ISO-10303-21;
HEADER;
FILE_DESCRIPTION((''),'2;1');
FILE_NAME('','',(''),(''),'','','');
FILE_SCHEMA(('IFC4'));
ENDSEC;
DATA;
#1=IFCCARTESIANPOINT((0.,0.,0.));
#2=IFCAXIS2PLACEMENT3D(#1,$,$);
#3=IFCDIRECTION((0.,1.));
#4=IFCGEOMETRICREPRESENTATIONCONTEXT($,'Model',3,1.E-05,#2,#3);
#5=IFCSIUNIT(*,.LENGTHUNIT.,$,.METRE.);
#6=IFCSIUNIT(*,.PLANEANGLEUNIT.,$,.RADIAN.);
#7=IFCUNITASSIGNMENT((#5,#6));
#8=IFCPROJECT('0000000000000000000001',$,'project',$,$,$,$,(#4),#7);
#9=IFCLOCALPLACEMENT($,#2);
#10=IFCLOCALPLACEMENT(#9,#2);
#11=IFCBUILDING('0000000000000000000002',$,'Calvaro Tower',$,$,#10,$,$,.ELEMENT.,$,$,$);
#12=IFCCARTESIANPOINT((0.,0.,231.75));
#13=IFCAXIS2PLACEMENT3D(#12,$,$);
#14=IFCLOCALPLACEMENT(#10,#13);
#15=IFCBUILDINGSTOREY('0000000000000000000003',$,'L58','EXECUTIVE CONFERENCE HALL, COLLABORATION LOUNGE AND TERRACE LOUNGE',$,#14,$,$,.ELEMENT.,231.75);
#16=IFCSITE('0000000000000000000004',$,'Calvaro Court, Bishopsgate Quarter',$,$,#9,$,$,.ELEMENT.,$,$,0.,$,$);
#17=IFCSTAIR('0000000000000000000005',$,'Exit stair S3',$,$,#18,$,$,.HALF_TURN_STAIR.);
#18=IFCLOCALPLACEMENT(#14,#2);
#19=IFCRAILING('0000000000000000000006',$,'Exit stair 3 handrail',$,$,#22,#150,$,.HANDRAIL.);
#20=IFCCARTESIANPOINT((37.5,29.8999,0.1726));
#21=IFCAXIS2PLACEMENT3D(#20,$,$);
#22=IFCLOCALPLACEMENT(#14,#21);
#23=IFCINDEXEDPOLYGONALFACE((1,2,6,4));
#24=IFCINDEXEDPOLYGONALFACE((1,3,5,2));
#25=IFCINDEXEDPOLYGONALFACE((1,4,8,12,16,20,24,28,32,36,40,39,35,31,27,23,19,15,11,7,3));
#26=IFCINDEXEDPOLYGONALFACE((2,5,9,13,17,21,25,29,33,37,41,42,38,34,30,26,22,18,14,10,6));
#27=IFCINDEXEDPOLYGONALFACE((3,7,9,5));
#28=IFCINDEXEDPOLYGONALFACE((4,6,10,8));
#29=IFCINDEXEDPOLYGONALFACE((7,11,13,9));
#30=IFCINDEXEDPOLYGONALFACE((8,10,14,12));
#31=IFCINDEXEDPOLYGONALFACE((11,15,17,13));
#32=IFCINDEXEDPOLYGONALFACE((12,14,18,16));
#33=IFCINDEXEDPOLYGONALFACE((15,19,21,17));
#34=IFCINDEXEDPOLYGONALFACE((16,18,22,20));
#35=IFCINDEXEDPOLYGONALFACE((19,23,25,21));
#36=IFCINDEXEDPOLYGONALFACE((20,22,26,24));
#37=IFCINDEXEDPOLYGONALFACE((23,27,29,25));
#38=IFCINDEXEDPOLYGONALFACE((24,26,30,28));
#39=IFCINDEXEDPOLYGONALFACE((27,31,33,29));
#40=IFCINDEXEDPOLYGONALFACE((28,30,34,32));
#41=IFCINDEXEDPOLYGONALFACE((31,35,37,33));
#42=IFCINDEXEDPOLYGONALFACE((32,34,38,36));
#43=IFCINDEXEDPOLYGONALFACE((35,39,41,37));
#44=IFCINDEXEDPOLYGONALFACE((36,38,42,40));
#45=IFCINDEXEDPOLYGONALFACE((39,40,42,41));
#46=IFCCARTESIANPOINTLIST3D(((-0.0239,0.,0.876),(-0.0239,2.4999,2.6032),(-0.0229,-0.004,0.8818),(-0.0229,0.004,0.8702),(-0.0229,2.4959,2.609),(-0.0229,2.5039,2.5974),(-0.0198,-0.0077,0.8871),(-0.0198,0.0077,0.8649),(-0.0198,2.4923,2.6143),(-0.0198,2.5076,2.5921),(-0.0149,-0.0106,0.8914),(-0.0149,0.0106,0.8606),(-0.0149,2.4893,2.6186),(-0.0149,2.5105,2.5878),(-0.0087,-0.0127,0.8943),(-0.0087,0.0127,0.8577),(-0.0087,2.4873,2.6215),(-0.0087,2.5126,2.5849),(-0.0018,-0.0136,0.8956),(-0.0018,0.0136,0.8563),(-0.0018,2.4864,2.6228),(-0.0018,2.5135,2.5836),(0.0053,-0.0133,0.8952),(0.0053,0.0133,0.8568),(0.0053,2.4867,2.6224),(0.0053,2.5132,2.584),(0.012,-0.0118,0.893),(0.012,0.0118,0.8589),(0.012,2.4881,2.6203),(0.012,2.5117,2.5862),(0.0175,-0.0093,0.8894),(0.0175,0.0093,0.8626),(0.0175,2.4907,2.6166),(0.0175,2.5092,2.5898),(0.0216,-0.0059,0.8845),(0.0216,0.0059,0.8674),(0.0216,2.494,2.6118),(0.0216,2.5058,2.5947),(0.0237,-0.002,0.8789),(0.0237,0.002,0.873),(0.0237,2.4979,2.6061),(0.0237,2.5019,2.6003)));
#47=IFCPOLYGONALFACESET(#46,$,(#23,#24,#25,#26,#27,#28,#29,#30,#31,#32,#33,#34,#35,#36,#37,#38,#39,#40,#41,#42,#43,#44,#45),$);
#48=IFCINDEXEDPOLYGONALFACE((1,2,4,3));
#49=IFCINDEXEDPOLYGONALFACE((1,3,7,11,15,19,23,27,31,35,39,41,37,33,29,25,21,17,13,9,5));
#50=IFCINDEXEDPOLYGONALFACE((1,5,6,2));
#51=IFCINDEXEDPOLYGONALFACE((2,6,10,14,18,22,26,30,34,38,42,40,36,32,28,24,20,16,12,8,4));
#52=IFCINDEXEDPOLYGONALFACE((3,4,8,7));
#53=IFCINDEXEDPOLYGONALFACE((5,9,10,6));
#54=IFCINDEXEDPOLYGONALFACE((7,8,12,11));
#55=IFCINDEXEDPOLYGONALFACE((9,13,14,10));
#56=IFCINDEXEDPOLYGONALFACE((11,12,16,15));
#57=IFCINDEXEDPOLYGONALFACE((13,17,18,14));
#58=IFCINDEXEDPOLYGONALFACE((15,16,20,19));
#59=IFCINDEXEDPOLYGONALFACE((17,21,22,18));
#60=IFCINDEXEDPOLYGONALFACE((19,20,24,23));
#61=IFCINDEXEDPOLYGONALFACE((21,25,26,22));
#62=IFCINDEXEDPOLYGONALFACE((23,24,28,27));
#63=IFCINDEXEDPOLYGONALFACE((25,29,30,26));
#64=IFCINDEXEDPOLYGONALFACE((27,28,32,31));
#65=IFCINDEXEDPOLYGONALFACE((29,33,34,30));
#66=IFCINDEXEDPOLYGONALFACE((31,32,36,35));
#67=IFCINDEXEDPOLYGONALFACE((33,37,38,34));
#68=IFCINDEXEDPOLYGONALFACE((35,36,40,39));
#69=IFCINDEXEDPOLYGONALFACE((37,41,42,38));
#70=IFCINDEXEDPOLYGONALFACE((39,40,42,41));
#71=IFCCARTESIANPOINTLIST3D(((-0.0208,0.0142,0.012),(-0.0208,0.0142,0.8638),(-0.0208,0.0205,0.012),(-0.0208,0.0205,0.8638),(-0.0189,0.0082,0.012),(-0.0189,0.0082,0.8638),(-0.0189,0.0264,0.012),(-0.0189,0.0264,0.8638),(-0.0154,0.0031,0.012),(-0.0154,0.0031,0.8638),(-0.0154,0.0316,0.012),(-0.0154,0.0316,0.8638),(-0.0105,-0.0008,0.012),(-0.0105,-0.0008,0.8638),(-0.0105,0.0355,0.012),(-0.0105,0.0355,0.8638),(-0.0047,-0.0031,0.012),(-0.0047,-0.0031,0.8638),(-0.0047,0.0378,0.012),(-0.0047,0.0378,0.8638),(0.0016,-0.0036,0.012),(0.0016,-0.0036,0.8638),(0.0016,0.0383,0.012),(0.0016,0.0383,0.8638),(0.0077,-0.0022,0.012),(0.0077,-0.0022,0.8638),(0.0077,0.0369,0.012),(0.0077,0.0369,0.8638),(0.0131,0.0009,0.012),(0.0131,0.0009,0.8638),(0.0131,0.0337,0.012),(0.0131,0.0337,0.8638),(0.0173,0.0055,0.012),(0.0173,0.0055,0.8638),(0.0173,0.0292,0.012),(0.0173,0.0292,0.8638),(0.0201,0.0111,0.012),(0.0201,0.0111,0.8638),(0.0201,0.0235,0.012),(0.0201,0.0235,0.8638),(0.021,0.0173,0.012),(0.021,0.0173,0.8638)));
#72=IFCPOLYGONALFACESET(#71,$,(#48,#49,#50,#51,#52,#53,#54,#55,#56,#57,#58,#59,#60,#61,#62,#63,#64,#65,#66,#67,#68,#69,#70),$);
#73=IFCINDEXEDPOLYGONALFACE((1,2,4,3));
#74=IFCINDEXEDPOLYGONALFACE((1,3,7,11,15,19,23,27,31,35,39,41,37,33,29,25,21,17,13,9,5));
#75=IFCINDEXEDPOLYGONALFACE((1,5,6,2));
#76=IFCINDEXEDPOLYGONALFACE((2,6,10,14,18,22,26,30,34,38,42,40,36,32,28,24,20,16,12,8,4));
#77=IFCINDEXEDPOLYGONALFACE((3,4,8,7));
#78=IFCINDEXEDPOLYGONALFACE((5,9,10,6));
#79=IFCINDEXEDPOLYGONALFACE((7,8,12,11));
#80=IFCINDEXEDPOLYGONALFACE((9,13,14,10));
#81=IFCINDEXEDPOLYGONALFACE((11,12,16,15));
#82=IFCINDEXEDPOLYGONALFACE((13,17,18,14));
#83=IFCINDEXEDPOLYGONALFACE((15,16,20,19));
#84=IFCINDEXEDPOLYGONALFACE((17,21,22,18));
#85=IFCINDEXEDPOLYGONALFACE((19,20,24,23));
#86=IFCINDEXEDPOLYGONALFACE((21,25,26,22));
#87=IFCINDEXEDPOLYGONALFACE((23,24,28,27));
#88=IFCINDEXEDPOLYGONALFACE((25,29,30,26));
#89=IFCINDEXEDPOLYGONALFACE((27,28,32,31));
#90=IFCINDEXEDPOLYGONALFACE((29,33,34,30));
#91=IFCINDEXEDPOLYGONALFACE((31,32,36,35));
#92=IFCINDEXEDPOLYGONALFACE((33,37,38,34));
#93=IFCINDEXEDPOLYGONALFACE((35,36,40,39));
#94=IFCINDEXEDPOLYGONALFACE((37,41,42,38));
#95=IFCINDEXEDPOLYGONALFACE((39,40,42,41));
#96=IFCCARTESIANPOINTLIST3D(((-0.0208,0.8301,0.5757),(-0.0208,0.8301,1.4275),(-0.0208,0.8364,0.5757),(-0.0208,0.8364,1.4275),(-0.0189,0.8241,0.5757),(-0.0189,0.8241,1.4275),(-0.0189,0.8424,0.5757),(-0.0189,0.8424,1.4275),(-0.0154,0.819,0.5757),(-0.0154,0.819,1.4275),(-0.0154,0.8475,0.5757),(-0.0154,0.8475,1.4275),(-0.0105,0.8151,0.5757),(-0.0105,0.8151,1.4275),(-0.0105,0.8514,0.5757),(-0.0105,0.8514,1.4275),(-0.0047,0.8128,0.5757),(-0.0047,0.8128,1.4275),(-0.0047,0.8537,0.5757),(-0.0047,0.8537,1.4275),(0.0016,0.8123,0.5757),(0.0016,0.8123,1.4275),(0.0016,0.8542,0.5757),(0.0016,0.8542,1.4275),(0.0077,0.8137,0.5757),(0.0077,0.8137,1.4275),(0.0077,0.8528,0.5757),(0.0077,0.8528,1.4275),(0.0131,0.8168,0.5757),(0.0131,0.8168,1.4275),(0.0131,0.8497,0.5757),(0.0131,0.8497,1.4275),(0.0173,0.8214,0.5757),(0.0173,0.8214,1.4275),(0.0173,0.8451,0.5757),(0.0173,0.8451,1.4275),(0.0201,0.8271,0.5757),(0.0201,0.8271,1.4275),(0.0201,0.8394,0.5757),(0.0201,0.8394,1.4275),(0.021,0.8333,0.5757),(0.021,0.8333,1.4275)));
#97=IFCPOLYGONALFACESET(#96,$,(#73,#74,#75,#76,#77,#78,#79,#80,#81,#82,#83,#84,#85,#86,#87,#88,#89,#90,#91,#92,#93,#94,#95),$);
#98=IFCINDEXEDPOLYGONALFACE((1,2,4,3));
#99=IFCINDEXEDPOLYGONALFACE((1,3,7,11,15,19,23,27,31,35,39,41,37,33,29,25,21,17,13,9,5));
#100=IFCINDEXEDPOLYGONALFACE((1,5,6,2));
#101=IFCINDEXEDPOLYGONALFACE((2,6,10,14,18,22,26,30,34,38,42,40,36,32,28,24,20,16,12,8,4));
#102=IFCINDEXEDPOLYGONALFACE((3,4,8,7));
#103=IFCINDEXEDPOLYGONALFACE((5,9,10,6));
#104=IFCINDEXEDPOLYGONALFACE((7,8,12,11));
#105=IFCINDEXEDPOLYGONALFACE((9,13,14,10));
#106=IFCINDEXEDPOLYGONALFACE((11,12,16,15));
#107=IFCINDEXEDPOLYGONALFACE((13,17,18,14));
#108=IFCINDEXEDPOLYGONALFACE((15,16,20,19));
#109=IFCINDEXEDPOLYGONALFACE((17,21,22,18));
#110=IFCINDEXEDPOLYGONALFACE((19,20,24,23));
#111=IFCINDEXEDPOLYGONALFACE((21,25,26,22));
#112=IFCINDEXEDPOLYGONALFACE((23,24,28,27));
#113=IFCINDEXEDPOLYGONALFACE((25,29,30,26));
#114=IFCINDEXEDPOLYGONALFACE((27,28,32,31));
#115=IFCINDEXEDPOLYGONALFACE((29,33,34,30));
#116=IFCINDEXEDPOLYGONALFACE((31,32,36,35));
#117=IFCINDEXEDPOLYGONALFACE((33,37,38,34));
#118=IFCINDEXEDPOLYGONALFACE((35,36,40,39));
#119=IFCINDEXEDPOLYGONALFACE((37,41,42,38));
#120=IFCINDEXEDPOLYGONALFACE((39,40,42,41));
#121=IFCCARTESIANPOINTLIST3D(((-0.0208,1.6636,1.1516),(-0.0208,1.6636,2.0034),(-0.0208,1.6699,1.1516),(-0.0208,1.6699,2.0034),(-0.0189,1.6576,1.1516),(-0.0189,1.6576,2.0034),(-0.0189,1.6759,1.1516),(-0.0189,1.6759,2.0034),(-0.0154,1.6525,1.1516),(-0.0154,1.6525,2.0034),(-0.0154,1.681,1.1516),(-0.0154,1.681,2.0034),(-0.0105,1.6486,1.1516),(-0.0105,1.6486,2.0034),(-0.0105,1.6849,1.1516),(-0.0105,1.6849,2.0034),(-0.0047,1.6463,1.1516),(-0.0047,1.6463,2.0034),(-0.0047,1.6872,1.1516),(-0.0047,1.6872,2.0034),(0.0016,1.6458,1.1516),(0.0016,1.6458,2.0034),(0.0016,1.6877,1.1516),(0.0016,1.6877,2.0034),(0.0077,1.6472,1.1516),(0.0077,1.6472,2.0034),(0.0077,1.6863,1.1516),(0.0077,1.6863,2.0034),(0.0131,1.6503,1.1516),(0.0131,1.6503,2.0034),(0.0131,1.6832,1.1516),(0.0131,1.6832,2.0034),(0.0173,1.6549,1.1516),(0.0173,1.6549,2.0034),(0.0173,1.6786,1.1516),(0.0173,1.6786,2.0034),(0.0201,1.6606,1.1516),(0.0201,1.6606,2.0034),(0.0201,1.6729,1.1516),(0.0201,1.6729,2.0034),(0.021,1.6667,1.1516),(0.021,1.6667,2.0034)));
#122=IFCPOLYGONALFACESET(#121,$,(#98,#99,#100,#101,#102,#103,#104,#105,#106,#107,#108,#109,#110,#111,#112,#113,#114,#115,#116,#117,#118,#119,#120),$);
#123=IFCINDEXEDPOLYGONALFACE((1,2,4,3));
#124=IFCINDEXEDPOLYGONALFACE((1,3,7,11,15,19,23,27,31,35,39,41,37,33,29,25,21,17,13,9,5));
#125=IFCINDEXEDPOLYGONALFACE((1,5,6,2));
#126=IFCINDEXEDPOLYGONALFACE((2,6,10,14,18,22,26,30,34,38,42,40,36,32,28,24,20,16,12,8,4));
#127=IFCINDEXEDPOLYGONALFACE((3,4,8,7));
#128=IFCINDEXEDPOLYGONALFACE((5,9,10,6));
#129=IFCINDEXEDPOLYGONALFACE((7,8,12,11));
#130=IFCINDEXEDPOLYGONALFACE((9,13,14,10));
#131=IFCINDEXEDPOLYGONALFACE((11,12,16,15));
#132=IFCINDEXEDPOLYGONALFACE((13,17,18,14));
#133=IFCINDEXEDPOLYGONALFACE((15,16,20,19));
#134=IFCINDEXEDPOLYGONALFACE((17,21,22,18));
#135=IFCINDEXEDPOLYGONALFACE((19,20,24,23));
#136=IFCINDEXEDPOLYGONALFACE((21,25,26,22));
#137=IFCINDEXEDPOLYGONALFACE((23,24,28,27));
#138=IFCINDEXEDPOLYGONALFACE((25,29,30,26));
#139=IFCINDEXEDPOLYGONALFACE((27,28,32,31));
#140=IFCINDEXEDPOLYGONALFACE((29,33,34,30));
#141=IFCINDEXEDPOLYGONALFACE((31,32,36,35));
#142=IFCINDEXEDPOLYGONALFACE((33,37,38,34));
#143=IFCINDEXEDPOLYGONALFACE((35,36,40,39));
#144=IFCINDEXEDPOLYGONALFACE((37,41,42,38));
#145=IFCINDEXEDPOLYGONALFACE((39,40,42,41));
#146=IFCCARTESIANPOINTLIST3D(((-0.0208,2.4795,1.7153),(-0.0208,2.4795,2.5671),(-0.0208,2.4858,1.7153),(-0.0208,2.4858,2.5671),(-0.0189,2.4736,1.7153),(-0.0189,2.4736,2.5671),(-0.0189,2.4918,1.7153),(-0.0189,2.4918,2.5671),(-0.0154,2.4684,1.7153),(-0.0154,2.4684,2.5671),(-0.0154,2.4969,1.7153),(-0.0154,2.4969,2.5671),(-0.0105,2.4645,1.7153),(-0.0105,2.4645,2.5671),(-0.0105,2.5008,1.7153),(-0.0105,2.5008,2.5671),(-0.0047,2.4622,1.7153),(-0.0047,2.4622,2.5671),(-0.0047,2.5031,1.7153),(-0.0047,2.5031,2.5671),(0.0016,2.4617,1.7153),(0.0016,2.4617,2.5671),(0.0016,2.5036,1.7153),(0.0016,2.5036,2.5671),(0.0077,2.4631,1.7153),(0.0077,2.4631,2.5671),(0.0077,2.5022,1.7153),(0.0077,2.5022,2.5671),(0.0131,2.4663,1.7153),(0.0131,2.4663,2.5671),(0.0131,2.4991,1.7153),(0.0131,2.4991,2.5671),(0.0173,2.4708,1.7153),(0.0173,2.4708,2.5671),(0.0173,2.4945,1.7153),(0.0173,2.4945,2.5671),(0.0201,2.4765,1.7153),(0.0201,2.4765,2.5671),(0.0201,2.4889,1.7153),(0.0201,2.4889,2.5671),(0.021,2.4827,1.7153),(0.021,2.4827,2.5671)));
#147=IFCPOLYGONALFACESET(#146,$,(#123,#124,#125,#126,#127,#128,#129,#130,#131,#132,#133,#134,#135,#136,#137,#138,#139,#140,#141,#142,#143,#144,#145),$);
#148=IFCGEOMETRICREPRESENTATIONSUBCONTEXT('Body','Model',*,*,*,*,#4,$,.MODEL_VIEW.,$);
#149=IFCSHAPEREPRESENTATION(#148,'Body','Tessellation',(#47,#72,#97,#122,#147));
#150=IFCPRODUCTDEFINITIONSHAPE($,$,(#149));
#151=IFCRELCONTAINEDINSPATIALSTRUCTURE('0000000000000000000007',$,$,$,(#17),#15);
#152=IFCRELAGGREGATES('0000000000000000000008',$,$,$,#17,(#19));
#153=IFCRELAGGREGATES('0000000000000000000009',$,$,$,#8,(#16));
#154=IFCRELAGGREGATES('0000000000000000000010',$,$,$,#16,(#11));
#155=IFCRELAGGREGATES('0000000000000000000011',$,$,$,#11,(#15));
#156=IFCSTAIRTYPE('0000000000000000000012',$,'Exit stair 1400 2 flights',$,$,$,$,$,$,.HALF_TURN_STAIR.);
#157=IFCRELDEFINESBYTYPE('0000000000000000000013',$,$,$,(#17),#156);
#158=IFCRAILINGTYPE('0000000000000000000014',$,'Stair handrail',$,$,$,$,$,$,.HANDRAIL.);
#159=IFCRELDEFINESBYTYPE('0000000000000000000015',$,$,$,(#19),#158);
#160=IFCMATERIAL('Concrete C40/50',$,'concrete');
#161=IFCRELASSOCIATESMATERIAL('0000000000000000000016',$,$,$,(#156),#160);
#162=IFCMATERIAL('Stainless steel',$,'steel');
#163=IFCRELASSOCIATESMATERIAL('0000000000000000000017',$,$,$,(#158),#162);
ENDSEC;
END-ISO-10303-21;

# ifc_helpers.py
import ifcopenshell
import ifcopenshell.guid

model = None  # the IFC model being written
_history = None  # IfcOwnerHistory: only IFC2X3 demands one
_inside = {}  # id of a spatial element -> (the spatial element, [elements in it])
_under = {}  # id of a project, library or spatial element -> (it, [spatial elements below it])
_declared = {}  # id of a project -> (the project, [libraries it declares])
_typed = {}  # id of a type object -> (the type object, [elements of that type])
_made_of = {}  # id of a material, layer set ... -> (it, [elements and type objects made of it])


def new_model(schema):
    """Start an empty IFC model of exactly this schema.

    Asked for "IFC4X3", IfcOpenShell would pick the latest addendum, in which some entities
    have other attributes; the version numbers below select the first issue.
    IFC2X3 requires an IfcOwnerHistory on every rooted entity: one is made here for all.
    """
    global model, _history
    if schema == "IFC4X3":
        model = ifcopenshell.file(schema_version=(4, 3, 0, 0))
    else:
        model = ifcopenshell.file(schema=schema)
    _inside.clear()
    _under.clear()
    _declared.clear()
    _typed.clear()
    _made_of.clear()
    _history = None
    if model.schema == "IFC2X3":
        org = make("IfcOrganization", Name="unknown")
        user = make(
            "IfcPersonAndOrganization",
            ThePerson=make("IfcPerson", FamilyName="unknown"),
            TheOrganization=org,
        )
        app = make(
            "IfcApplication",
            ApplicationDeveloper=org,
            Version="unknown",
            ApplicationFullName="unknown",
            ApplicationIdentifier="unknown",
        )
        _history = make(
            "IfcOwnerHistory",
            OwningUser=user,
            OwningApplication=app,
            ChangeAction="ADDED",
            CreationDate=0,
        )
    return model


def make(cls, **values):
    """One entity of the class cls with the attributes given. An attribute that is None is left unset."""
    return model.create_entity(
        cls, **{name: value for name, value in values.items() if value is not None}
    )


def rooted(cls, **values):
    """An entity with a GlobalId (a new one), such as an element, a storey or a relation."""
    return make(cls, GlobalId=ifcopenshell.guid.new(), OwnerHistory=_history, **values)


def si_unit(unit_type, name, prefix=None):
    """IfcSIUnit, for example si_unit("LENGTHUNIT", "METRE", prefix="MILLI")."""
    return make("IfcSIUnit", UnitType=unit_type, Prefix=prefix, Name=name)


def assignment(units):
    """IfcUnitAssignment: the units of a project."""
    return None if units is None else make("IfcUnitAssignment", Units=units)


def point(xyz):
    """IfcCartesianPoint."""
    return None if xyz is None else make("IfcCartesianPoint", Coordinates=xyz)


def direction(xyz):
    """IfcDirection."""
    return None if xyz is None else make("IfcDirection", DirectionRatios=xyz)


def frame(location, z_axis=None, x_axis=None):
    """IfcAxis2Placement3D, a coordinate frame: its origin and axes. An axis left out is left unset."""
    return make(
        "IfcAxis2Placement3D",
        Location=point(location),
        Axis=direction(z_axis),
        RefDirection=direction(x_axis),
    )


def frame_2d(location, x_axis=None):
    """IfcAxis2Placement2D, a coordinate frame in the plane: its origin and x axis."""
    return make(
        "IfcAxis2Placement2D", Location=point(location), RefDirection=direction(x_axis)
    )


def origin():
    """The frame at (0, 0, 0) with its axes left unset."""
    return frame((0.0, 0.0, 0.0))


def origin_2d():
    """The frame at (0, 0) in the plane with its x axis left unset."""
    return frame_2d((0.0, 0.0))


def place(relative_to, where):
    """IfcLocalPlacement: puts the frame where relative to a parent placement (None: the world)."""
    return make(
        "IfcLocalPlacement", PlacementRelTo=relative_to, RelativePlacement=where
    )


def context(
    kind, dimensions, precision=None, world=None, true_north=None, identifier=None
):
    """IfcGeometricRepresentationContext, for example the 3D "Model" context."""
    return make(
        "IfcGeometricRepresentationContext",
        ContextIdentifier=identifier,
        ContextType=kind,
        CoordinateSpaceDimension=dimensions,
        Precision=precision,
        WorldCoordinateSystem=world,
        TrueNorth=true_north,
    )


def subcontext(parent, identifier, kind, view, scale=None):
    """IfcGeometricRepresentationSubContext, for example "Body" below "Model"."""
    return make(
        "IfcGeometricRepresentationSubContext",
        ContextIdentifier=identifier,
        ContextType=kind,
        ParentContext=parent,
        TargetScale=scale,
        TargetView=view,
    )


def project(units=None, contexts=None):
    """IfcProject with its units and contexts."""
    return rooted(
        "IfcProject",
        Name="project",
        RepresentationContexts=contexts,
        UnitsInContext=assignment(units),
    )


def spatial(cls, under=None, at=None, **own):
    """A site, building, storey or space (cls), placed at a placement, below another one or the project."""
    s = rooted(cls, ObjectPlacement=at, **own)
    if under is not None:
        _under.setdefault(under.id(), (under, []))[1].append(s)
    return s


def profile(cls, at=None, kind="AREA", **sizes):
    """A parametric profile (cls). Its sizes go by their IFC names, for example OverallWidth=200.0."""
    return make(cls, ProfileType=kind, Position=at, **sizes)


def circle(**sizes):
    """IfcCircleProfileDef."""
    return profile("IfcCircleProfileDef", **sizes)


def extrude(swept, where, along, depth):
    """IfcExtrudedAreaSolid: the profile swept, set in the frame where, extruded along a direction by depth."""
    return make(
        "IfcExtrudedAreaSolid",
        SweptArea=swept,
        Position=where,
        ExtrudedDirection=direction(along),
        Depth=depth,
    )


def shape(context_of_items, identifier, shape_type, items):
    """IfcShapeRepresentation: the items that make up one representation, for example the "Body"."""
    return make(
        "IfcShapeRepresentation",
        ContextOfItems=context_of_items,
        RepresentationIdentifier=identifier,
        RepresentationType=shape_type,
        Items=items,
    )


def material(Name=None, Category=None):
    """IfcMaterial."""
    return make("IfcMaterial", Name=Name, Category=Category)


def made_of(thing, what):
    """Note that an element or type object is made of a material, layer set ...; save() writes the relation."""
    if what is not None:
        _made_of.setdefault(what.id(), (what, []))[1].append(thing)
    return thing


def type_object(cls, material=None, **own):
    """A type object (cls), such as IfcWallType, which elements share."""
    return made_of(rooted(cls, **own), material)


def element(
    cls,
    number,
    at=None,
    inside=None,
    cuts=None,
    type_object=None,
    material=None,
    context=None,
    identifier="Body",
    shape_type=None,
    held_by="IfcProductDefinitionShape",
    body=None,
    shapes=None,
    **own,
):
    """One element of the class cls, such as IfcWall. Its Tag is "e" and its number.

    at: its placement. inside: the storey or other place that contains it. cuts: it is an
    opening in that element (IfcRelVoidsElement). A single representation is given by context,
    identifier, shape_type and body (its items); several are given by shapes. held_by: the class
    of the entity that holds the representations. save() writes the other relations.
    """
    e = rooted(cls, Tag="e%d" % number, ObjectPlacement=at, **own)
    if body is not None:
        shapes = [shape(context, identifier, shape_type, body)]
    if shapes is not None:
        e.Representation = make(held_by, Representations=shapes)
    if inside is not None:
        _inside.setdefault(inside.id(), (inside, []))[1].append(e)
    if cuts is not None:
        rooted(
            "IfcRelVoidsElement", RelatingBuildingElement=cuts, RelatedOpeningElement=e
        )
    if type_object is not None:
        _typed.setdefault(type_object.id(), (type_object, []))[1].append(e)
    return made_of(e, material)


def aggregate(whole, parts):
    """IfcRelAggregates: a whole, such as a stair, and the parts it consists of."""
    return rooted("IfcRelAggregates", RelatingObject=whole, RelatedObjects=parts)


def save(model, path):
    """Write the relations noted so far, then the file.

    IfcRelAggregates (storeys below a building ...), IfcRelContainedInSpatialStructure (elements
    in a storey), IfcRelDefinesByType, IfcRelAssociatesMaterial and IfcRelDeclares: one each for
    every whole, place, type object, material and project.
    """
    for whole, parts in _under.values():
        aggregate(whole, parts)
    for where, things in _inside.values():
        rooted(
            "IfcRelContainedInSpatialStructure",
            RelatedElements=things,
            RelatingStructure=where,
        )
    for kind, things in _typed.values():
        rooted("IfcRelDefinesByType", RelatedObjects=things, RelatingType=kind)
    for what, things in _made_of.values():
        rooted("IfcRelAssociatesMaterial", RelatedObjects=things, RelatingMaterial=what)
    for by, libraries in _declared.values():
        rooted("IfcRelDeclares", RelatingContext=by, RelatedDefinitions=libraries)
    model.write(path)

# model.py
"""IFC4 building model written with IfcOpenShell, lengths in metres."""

from ifc_helpers import new_model, si_unit, direction, frame, origin, origin_2d, place, context, subcontext, project, spatial, circle, extrude, material, type_object, element, aggregate, save


model = new_model("IFC4")

# Units and contexts
model_context = context("Model", 3, precision=1e-05, world=origin(), true_north=direction((0.0, 1.0)))
body_context = subcontext(model_context, "Body", "Model", "MODEL_VIEW")
ifc_project = project(units=[si_unit("LENGTHUNIT", "METRE"), si_unit("PLANEANGLEUNIT", "RADIAN")], contexts=[model_context])

# Site, building, storey
site_placement = place(None, origin())
site = spatial("IfcSite", under=ifc_project, at=site_placement, Name="Calvaro Court, Bishopsgate Quarter", CompositionType="ELEMENT", RefElevation=0.0)
building_placement = place(site_placement, origin())
building = spatial("IfcBuilding", under=site, at=building_placement, Name="Calvaro Tower", CompositionType="ELEMENT")
storey_placement = place(building_placement, frame((0.0, 0.0, 231.75)))
storey = spatial("IfcBuildingStorey", under=building, at=storey_placement, Name="L58", Description="EXECUTIVE CONFERENCE HALL, COLLABORATION LOUNGE AND TERRACE LOUNGE", CompositionType="ELEMENT", Elevation=231.75)

# Stair, railing
ifc_material_1 = material(Name="Concrete C40/50", Category="concrete")
stair_type = type_object("IfcStairType", Name="Exit stair 1400 2 flights", PredefinedType="HALF_TURN_STAIR", material=ifc_material_1)
stair_placement = place(storey_placement, origin())
stair = element("IfcStair", 1, at=stair_placement, inside=storey, type_object=stair_type, Name="Exit stair S3", PredefinedType="HALF_TURN_STAIR")
ifc_material_2 = material(Name="Stainless steel", Category="steel")
railing_type = type_object("IfcRailingType", Name="Stair handrail", PredefinedType="HANDRAIL", material=ifc_material_2)
railing_1_placement = place(storey_placement, frame((37.5, 29.8999, 0.1726)))
railing_1 = element("IfcRailing", 2, at=railing_1_placement, type_object=railing_type, Name="Exit stair 3 handrail", PredefinedType="HANDRAIL", context=body_context, shape_type="SweptSolid", body=[
    extrude(circle(Radius=0.0239, at=origin_2d()), frame((0.0, 0.0, 0.876), z_axis=(0.0, 0.822727, 0.568437), x_axis=(-1.0, 0.0, 0.0)), (0.0, 0.0, 1.0), 3.0386),
    extrude(circle(Radius=0.021, at=origin_2d()), frame((0.0, 0.0173, 0.012)), (0.0, 0.0, 1.0), 0.8518),
    extrude(circle(Radius=0.021, at=origin_2d()), frame((0.0, 0.8333, 0.5757)), (0.0, 0.0, 1.0), 0.8518),
    extrude(circle(Radius=0.021, at=origin_2d()), frame((0.0, 1.6667, 1.1516)), (0.0, 0.0, 1.0), 0.8518),
    extrude(circle(Radius=0.021, at=origin_2d()), frame((0.0, 2.4827, 1.7153)), (0.0, 0.0, 1.0), 0.8518),
])
aggregate(stair, [railing_1])

save(model, "model.ifc")
